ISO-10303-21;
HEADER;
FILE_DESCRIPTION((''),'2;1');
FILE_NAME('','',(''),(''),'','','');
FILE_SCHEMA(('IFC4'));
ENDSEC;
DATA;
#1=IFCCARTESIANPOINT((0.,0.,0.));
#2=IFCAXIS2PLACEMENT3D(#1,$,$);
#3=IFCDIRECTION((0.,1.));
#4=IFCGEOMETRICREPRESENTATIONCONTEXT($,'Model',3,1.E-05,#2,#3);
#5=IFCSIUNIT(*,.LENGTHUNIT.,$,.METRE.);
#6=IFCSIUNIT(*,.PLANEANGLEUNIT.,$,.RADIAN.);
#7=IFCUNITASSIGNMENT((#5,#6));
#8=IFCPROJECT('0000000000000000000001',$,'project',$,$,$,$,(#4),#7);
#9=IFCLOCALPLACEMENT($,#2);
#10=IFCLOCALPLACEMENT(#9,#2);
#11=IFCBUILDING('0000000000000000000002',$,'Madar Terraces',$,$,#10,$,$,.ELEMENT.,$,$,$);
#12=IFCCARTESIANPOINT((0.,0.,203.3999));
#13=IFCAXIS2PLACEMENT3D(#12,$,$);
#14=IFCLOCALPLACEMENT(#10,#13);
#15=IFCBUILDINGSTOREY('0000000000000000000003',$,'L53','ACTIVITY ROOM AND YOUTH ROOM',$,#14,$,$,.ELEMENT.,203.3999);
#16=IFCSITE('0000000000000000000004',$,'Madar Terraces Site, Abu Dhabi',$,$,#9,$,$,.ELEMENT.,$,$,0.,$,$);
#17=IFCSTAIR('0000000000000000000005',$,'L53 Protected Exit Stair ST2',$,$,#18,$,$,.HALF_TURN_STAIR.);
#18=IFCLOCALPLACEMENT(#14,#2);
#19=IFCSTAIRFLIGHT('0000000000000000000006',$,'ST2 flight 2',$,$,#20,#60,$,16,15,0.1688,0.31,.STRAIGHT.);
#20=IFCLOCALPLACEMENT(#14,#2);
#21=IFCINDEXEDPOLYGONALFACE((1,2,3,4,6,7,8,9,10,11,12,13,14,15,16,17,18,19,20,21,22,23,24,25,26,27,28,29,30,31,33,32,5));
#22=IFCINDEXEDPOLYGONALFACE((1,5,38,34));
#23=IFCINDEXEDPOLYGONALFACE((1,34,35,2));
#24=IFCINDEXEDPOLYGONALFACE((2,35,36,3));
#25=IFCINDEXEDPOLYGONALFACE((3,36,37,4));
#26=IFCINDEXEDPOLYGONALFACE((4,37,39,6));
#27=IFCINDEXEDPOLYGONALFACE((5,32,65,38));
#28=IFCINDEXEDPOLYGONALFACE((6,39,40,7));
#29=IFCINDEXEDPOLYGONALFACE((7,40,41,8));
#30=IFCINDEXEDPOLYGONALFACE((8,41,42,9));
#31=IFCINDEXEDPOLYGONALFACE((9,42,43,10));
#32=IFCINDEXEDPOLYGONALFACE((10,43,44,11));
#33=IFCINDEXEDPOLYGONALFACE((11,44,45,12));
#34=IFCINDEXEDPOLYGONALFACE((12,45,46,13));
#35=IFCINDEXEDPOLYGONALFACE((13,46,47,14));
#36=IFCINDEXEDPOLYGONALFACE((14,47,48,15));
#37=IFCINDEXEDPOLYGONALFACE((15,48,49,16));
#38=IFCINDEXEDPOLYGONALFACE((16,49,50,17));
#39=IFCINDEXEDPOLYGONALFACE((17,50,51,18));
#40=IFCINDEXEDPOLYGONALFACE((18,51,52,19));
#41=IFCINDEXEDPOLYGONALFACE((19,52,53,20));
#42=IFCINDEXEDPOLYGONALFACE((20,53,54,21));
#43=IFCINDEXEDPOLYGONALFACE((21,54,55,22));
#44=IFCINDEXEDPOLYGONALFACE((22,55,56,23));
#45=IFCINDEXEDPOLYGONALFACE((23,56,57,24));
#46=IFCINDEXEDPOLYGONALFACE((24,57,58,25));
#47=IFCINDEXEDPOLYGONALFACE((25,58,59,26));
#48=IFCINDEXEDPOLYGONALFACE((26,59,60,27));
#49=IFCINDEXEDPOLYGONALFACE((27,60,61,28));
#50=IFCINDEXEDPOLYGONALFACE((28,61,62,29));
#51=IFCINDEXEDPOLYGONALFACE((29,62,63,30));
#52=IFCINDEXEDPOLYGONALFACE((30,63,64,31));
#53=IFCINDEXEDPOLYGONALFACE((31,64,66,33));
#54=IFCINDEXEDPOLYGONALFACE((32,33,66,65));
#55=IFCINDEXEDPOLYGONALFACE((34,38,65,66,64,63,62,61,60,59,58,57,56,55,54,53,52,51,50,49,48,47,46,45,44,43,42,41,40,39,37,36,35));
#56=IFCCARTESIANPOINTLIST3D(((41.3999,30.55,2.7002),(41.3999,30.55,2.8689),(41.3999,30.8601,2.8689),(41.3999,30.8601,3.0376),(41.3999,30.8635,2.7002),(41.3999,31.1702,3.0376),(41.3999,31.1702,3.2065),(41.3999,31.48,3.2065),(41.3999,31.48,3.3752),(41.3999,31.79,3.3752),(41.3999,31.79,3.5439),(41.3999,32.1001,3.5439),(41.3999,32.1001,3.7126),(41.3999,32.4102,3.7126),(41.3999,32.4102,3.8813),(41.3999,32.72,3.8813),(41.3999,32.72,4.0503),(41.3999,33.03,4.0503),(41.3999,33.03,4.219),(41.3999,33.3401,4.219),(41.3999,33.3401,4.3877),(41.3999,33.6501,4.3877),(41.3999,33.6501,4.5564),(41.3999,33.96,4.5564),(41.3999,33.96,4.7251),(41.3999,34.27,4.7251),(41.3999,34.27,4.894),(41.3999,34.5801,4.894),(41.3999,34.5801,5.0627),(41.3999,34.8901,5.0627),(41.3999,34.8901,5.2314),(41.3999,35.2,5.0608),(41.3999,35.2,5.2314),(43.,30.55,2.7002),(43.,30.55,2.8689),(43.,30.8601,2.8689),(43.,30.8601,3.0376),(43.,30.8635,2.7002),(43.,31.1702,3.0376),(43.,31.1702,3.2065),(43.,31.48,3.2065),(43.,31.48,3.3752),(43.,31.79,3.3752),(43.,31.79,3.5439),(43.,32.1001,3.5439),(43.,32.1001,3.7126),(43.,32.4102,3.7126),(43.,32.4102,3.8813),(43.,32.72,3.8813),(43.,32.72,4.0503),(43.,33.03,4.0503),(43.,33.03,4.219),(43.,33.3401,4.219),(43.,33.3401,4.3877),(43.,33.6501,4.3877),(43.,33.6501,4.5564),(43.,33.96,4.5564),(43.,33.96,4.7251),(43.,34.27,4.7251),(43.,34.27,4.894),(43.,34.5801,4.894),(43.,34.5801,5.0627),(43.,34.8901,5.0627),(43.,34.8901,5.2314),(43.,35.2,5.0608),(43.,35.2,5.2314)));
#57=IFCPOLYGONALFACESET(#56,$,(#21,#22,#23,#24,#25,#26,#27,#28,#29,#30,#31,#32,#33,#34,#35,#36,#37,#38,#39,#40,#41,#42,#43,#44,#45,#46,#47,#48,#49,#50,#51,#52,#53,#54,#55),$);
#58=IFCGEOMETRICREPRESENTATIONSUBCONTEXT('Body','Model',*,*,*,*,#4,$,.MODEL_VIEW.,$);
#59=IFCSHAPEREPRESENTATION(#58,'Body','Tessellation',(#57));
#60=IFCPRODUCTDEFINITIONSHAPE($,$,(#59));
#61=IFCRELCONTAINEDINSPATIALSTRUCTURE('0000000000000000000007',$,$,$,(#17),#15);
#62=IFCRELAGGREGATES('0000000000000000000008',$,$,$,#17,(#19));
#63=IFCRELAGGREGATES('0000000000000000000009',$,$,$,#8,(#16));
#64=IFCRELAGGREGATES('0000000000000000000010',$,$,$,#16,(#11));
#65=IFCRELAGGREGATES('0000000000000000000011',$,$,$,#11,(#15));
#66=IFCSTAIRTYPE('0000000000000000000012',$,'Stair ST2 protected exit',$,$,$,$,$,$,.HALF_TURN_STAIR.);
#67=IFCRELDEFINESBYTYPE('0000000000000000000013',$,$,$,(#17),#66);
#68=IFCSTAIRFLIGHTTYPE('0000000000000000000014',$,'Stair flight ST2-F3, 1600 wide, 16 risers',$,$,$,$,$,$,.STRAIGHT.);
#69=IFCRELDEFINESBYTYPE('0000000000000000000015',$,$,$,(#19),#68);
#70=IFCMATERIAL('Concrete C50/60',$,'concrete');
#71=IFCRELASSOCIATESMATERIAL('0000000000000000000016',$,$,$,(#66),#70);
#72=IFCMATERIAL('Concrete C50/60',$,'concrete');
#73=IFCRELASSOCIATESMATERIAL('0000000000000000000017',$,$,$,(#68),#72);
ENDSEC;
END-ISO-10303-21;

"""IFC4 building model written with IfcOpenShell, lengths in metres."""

from ifc_helpers import new_model, si_unit, direction, frame, origin, place, context, subcontext, project, spatial, polyline, outline, extrude, material, type_object, element, aggregate, save


model = new_model("IFC4")

# Units and contexts
model_context = context("Model", 3, precision=1e-05, world=origin(), true_north=direction((0.0, 1.0)))
body_context = subcontext(model_context, "Body", "Model", "MODEL_VIEW")
ifc_project = project(units=[si_unit("LENGTHUNIT", "METRE"), si_unit("PLANEANGLEUNIT", "RADIAN")], contexts=[model_context])

# Site, building, storey
site_placement = place(None, origin())
site = spatial("IfcSite", under=ifc_project, at=site_placement, Name="Madar Terraces Site, Abu Dhabi", CompositionType="ELEMENT", RefElevation=0.0)
building_placement = place(site_placement, origin())
building = spatial("IfcBuilding", under=site, at=building_placement, Name="Madar Terraces", CompositionType="ELEMENT")
storey_placement = place(building_placement, frame((0.0, 0.0, 203.3999)))
storey = spatial("IfcBuildingStorey", under=building, at=storey_placement, Name="L53", Description="ACTIVITY ROOM AND YOUTH ROOM", CompositionType="ELEMENT", Elevation=203.3999)

# Stair, stair flight
ifc_material_1 = material(Name="Concrete C50/60", Category="concrete")
stair_type = type_object("IfcStairType", Name="Stair ST2 protected exit", PredefinedType="HALF_TURN_STAIR", material=ifc_material_1)
stair_placement = place(storey_placement, origin())
stair = element("IfcStair", 1, at=stair_placement, inside=storey, type_object=stair_type, Name="L53 Protected Exit Stair ST2", PredefinedType="HALF_TURN_STAIR")
ifc_material_2 = material(Name="Concrete C50/60", Category="concrete")
stair_flight_type = type_object("IfcStairFlightType", Name="Stair flight ST2-F3, 1600 wide, 16 risers", PredefinedType="STRAIGHT", material=ifc_material_2)
stair_flight_1_placement = place(storey_placement, frame((42.2, 30.55, 2.7002), z_axis=(0.0, 0.0, 1.0), x_axis=(0.0, 1.0, 0.0)))
stair_flight_1 = element("IfcStairFlight", 2, at=stair_flight_1_placement, type_object=stair_flight_type, Name="ST2 flight 2", NumberOfRisers=16, NumberOfTreads=15, PredefinedType="STRAIGHT", RiserHeight=0.1688, TreadLength=0.31, context=body_context, shape_type="SweptSolid", body=[
    extrude(outline(polyline([(0.0, 0.0), (0.0, 0.1687), (0.3101, 0.1687), (0.3101, 0.3374), (0.6201, 0.3374), (0.6201, 0.5063), (0.9299, 0.5063), (0.9299, 0.675), (1.24, 0.675), (1.24, 0.8438), (1.55, 0.8438), (1.55, 1.0125), (1.8601, 1.0125), (1.8601, 1.1812), (2.1699, 1.1812), (2.1699, 1.3501), (2.48, 1.3501), (2.48, 1.5188), (2.79, 1.5188), (2.79, 1.6875), (3.1001, 1.6875), (3.1001, 1.8562), (3.4099, 1.8562), (3.4099, 2.0249), (3.72, 2.0249), (3.72, 2.1938), (4.03, 2.1938), (4.03, 2.3625), (4.3401, 2.3625), (4.3401, 2.5312), (4.6499, 2.5312), (4.6499, 2.7), (4.6499, 2.3606), (0.3135, 0.0), (0.0, 0.0)])), frame((0.0, 0.8, 0.0), z_axis=(0.0, -1.0, 0.0), x_axis=(1.0, 0.0, 0.0)), (0.0, 0.0, 1.0), 1.6001),
])
aggregate(stair, [stair_flight_1])

save(model, "model.ifc")
